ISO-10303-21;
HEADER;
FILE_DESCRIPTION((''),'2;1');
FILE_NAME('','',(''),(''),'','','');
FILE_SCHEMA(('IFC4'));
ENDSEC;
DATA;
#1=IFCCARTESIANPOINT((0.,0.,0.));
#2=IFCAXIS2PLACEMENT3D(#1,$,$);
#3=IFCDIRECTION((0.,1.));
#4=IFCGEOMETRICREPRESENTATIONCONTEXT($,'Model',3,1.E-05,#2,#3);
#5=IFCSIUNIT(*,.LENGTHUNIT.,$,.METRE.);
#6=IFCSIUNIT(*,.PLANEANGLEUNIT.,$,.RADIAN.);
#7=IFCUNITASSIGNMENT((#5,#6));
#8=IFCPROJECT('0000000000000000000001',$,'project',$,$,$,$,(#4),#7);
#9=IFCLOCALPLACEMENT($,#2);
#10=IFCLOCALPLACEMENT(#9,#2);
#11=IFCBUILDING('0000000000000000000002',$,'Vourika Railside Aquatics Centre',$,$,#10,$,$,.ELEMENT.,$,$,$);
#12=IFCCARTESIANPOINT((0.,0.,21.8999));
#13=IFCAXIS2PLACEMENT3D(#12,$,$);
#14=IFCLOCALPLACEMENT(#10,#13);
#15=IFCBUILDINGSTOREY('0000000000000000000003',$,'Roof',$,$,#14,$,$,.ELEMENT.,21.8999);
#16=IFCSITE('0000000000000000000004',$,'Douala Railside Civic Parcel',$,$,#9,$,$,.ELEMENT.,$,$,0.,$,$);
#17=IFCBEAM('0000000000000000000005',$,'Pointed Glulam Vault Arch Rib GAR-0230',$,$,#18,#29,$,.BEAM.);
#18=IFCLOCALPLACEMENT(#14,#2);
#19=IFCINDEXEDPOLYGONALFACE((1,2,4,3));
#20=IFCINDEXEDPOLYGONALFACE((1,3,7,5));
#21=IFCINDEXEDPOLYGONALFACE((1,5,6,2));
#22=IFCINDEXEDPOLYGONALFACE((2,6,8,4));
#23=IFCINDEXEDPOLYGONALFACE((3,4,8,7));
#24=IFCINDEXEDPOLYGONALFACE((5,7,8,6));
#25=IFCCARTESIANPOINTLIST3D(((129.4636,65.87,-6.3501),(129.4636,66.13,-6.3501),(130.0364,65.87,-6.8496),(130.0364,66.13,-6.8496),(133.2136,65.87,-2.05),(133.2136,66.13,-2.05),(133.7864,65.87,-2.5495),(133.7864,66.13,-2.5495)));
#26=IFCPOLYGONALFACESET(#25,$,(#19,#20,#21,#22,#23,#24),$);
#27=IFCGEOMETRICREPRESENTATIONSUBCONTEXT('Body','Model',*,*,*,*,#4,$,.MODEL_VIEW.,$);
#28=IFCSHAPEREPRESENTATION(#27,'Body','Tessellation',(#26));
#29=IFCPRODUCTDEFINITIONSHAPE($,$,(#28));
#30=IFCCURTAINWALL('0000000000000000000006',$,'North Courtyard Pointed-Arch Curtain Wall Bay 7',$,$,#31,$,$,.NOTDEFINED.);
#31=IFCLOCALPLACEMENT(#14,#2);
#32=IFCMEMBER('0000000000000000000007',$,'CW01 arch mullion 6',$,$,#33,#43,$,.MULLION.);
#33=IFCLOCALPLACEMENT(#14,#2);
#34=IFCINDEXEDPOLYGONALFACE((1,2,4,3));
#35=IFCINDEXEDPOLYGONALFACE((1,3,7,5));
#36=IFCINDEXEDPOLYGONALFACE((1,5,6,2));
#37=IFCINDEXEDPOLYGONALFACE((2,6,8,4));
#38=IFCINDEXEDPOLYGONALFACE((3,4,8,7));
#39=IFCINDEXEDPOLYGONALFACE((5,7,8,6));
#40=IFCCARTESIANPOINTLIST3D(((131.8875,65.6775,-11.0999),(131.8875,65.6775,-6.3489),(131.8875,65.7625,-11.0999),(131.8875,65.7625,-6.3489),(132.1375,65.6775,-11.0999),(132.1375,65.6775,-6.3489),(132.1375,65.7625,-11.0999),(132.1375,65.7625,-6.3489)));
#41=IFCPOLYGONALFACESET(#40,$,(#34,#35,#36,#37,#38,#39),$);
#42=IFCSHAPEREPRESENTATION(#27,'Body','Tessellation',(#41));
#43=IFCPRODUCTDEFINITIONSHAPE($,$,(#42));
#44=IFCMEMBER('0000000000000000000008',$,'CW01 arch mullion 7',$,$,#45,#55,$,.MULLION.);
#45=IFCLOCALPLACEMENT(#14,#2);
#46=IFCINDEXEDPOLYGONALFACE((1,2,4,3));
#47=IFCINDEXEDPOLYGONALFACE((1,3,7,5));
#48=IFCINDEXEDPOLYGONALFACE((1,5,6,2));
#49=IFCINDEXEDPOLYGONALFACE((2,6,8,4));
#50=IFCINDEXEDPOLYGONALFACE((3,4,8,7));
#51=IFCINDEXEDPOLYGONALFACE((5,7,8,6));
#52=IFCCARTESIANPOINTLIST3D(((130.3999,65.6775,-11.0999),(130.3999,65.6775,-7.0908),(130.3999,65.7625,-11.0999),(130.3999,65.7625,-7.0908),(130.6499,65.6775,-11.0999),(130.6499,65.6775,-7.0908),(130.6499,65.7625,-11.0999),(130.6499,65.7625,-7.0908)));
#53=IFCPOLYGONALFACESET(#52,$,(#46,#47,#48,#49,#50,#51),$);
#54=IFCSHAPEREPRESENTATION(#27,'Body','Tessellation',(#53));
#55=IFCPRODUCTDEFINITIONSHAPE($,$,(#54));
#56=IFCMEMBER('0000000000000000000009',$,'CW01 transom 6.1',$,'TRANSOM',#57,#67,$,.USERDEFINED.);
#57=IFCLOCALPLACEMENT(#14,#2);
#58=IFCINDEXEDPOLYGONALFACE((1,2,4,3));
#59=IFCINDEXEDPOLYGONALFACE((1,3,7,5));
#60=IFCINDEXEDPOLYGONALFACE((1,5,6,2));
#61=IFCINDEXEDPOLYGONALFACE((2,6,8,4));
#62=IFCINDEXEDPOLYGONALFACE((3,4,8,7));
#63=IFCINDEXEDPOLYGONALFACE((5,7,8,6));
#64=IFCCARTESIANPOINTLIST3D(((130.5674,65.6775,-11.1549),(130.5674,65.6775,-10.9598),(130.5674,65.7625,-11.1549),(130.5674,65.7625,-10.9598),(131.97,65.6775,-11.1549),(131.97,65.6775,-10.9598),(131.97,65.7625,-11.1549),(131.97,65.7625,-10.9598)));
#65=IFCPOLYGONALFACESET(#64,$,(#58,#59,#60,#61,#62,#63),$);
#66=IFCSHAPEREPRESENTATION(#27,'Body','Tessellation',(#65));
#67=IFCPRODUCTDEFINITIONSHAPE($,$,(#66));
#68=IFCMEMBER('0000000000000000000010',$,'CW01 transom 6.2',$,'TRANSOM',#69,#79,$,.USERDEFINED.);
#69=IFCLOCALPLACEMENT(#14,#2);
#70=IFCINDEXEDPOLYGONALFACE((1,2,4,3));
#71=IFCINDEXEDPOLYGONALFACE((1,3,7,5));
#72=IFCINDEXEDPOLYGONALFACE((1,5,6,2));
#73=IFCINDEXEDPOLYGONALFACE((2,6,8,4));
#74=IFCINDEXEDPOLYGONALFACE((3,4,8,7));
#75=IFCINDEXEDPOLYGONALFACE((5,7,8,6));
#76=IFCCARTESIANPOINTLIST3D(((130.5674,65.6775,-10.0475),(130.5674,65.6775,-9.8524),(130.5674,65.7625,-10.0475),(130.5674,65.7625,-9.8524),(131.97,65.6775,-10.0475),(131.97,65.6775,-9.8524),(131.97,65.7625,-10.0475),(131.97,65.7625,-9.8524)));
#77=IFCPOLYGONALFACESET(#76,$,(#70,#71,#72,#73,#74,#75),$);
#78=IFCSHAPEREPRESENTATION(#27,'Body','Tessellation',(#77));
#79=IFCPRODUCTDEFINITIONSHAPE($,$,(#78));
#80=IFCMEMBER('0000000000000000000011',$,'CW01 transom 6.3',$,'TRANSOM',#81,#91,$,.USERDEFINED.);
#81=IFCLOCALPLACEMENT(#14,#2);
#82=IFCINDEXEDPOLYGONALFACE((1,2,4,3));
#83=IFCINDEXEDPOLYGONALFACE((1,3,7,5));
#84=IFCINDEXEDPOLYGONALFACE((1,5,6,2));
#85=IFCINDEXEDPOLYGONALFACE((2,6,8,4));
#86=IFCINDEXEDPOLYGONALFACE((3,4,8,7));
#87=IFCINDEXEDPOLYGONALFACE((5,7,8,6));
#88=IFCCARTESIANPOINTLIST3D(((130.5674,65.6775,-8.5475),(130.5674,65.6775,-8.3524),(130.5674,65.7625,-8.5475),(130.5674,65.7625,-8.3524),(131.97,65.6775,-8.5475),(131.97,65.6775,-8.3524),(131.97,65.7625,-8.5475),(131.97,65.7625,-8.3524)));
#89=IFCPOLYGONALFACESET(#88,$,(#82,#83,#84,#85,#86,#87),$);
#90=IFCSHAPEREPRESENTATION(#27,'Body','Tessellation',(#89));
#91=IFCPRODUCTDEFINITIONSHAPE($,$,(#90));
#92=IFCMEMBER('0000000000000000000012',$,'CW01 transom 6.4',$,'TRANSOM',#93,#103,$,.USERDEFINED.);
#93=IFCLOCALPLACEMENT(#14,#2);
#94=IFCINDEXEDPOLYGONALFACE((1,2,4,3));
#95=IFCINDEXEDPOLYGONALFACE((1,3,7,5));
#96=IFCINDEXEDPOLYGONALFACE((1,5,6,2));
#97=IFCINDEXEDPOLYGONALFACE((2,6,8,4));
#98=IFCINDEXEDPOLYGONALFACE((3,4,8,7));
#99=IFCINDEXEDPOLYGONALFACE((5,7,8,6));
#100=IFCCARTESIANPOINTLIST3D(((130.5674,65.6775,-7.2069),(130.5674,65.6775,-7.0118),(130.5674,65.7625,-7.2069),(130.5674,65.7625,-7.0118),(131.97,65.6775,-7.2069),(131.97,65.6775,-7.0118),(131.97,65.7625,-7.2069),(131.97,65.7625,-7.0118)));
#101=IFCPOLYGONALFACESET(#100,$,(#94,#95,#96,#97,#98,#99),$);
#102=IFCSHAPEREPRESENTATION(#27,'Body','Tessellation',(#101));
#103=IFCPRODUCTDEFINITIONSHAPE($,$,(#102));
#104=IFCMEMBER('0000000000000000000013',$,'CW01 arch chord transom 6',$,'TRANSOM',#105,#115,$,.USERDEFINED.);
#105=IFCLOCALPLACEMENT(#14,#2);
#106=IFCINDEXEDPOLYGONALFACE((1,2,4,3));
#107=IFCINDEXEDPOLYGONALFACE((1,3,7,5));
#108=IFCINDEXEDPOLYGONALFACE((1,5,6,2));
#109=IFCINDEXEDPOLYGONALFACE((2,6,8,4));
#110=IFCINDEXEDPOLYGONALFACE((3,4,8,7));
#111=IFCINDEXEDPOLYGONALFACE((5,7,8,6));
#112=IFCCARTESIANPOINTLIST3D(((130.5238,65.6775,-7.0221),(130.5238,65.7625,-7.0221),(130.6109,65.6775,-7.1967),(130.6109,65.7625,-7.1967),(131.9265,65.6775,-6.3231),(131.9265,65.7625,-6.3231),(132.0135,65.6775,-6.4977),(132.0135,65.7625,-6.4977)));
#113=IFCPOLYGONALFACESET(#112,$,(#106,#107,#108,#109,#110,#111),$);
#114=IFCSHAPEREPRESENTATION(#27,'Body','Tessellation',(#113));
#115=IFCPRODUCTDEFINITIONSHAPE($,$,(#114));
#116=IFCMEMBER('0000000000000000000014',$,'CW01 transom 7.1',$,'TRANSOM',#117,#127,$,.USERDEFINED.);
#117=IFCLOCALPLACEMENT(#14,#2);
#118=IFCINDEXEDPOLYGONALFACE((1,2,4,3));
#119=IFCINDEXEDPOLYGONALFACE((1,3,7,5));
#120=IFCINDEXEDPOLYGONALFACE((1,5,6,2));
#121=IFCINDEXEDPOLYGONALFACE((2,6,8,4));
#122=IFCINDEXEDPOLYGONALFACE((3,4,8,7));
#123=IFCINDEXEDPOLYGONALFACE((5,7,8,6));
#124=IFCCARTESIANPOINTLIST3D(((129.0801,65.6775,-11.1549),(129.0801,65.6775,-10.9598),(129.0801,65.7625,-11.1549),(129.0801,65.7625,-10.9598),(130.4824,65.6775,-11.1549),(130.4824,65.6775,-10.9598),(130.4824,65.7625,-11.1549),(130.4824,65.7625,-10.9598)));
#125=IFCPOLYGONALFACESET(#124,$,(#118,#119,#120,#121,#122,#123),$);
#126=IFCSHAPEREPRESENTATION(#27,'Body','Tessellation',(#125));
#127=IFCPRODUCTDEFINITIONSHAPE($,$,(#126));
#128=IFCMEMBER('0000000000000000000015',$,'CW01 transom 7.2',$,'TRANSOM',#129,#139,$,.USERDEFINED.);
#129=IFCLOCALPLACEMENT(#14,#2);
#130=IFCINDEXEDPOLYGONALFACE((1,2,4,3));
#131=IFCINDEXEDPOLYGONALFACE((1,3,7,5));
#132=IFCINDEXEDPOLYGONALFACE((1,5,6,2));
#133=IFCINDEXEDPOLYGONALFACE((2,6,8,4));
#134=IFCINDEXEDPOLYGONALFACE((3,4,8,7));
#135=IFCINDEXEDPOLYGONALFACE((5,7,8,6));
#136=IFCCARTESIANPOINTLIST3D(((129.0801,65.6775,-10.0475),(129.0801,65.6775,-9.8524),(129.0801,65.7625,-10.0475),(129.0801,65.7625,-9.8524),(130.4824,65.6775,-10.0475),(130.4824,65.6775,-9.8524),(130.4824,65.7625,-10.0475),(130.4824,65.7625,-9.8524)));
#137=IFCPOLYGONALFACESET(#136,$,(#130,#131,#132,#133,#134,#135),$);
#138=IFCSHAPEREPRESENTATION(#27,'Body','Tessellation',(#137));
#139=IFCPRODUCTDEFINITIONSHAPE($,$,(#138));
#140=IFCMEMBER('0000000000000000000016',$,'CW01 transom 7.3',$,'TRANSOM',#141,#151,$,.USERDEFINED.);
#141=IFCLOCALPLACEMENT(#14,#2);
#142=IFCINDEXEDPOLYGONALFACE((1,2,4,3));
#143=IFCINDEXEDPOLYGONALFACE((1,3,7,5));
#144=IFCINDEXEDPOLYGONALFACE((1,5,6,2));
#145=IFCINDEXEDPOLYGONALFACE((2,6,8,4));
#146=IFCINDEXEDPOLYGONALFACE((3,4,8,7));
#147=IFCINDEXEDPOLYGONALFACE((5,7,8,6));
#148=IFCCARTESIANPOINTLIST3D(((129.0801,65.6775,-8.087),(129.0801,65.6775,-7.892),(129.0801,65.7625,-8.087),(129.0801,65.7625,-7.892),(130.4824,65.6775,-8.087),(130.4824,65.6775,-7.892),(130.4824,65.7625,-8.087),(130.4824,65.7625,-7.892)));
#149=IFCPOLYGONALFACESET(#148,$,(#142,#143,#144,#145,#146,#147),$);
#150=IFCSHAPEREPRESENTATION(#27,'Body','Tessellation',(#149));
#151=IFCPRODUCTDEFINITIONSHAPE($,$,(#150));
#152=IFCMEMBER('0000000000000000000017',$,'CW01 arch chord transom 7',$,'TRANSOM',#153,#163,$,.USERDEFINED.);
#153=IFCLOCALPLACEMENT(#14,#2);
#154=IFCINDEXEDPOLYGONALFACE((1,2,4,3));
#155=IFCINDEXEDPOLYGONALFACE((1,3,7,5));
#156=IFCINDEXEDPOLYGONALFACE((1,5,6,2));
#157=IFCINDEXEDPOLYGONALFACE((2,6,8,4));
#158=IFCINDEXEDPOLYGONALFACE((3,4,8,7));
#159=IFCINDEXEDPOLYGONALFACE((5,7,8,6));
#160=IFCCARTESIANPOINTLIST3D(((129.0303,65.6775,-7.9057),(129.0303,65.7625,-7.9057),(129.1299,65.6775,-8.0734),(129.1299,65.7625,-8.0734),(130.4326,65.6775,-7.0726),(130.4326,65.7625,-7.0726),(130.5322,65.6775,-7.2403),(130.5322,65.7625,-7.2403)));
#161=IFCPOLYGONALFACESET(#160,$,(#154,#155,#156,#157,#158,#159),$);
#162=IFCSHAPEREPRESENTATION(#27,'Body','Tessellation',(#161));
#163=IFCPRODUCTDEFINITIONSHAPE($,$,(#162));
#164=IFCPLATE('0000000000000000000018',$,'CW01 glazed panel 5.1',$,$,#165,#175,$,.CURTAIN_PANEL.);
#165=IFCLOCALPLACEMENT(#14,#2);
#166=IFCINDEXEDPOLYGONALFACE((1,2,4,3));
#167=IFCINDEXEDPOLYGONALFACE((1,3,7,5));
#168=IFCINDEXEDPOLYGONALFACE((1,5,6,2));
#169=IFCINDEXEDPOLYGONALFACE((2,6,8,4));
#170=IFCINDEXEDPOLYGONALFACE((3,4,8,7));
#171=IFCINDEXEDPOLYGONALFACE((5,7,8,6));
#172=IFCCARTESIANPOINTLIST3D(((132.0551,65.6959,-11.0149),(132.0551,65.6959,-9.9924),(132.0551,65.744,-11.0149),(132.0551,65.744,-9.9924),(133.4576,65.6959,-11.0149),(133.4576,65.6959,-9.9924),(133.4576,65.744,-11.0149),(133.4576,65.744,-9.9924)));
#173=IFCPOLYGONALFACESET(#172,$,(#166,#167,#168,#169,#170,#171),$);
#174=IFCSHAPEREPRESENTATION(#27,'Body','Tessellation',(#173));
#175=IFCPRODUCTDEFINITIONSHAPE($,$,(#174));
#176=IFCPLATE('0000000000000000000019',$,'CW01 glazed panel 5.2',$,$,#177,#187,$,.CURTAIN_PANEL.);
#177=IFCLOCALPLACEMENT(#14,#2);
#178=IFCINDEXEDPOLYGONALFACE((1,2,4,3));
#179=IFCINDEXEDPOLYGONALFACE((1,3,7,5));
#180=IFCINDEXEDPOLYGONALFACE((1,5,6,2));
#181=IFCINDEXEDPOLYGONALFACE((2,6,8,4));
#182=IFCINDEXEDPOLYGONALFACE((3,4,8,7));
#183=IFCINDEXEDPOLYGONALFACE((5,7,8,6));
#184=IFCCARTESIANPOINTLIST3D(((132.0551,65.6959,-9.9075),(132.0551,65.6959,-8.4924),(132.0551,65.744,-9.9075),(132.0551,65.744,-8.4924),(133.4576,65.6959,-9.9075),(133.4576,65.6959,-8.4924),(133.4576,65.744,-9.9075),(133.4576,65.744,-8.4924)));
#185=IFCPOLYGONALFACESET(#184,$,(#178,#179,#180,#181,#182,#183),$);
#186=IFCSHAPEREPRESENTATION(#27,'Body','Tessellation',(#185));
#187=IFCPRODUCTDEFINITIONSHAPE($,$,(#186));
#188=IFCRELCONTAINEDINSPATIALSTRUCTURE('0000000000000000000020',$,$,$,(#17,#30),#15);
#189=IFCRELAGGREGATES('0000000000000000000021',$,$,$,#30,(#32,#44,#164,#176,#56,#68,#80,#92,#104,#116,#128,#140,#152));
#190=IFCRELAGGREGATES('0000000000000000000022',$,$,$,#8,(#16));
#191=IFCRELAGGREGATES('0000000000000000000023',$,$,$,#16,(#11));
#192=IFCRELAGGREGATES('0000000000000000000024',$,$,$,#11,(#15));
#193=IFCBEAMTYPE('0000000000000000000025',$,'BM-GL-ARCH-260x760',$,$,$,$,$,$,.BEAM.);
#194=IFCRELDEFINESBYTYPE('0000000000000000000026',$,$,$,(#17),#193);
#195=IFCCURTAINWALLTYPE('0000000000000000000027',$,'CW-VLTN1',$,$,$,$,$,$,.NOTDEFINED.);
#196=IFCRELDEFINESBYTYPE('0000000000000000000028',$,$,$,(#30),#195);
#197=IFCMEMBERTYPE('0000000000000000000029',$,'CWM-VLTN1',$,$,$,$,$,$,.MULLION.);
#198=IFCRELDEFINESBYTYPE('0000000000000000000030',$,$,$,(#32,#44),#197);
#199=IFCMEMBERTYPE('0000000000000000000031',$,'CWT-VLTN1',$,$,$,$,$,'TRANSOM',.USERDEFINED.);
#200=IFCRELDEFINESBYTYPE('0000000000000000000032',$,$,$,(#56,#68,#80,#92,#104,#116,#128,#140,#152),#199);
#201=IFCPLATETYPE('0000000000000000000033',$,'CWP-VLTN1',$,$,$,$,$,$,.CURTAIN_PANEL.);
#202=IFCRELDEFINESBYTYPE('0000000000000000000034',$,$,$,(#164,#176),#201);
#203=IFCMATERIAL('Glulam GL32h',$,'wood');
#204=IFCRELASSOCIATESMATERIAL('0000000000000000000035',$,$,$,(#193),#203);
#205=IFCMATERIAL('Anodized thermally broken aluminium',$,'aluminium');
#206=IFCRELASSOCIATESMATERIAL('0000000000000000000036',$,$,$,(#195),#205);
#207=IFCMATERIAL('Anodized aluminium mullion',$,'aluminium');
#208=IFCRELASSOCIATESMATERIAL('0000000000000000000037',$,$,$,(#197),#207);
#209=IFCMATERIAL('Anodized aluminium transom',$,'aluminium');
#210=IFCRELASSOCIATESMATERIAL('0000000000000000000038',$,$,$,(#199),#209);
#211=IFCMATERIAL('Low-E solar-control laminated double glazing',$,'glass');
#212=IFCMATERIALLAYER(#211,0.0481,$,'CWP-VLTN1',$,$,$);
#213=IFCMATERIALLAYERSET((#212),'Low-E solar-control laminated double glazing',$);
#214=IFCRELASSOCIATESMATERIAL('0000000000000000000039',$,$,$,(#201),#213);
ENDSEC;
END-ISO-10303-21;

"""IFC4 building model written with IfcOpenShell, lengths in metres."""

from ifc_helpers import new_model, si_unit, direction, frame, origin, origin_2d, place, context, subcontext, project, spatial, rectangle, extrude, material, layer, layer_set, material_profile, profile_set, type_object, element, aggregate, save


model = new_model("IFC4")

# Units and contexts
model_context = context("Model", 3, precision=1e-05, world=origin(), true_north=direction((0.0, 1.0)))
body_context = subcontext(model_context, "Body", "Model", "MODEL_VIEW")
ifc_project = project(units=[si_unit("LENGTHUNIT", "METRE"), si_unit("PLANEANGLEUNIT", "RADIAN")], contexts=[model_context])

# Site, building, storey
site_placement = place(None, origin())
site = spatial("IfcSite", under=ifc_project, at=site_placement, Name="Douala Railside Civic Parcel", CompositionType="ELEMENT", RefElevation=0.0)
building_placement = place(site_placement, origin())
building = spatial("IfcBuilding", under=site, at=building_placement, Name="Vourika Railside Aquatics Centre", CompositionType="ELEMENT")
storey_placement = place(building_placement, frame((0.0, 0.0, 21.8999)))
storey = spatial("IfcBuildingStorey", under=building, at=storey_placement, Name="Roof", CompositionType="ELEMENT", Elevation=21.8999)

# Beam
ifc_material_1 = material(Name="Glulam GL32h", Category="wood")
ifc_material_profile_1 = material_profile(ifc_material_1, rectangle(XDim=0.26, YDim=0.76, at=origin_2d()), Name="GL32h 260x760")
ifc_profile_set_1 = profile_set([ifc_material_profile_1], Name="Glulam GL32h")
beam_type = type_object("IfcBeamType", Name="BM-GL-ARCH-260x760", PredefinedType="BEAM", material=ifc_profile_set_1)
beam_placement = place(storey_placement, frame((129.75, 66.0, -6.5999), z_axis=(0.657259, 0.0, 0.753665), x_axis=(0.0, 1.0, 0.0)))
element("IfcBeam", 1, at=beam_placement, inside=storey, type_object=beam_type, Name="Pointed Glulam Vault Arch Rib GAR-0230", PredefinedType="BEAM", context=body_context, shape_type="SweptSolid", body=[
    extrude(rectangle(XDim=0.26, YDim=0.76, at=origin_2d()), origin(), (0.0, 0.0, 1.0), 5.7056),
])

# Curtain wall, members, plates
ifc_material_2 = material(Name="Anodized thermally broken aluminium", Category="aluminium")
curtain_wall_type = type_object("IfcCurtainWallType", Name="CW-VLTN1", PredefinedType="NOTDEFINED", material=ifc_material_2)
curtain_wall_placement = place(storey_placement, origin())
curtain_wall = element("IfcCurtainWall", 2, at=curtain_wall_placement, inside=storey, type_object=curtain_wall_type, Name="North Courtyard Pointed-Arch Curtain Wall Bay 7", PredefinedType="NOTDEFINED")
ifc_material_3 = material(Name="Anodized aluminium mullion", Category="aluminium")
ifc_material_profile_2 = material_profile(ifc_material_3, rectangle(XDim=0.085, YDim=0.25, at=origin_2d()), Name="ALU-M 85x250")
ifc_profile_set_2 = profile_set([ifc_material_profile_2], Name="Anodized aluminium mullion")
member_type_1 = type_object("IfcMemberType", Name="CWM-VLTN1", PredefinedType="MULLION", material=ifc_profile_set_2)
member_1_placement = place(storey_placement, frame((132.0125, 65.72, -11.0999), z_axis=(0.0, 0.0, 1.0), x_axis=(0.0, -1.0, 0.0)))
member_1 = element("IfcMember", 3, at=member_1_placement, type_object=member_type_1, Name="CW01 arch mullion 6", PredefinedType="MULLION", context=body_context, shape_type="SweptSolid", body=[
    extrude(rectangle(XDim=0.085, YDim=0.25, at=origin_2d()), origin(), (0.0, 0.0, 1.0), 4.751),
])
member_2_placement = place(storey_placement, frame((130.5249, 65.72, -11.0999), z_axis=(0.0, 0.0, 1.0), x_axis=(0.0, -1.0, 0.0)))
member_2 = element("IfcMember", 4, at=member_2_placement, type_object=member_type_1, Name="CW01 arch mullion 7", PredefinedType="MULLION", context=body_context, shape_type="SweptSolid", body=[
    extrude(rectangle(XDim=0.085, YDim=0.25, at=origin_2d()), origin(), (0.0, 0.0, 1.0), 4.009),
])
ifc_material_4 = material(Name="Anodized aluminium transom", Category="aluminium")
ifc_material_profile_3 = material_profile(ifc_material_4, rectangle(XDim=0.085, YDim=0.1951, at=origin_2d()), Name="ALU-T 85x195")
ifc_profile_set_3 = profile_set([ifc_material_profile_3], Name="Anodized aluminium transom")
member_type_2 = type_object("IfcMemberType", Name="CWT-VLTN1", ElementType="TRANSOM", PredefinedType="USERDEFINED", material=ifc_profile_set_3)
member_3_placement = place(storey_placement, frame((131.97, 65.72, -11.0574), z_axis=(-1.0, 0.0, 0.0), x_axis=(0.0, -1.0, 0.0)))
member_3 = element("IfcMember", 5, at=member_3_placement, type_object=member_type_2, Name="CW01 transom 6.1", ObjectType="TRANSOM", PredefinedType="USERDEFINED", context=body_context, shape_type="SweptSolid", body=[
    extrude(rectangle(XDim=0.085, YDim=0.1951, at=origin_2d()), origin(), (0.0, 0.0, 1.0), 1.4026),
])
member_4_placement = place(storey_placement, frame((131.97, 65.72, -9.95), z_axis=(-1.0, 0.0, 0.0), x_axis=(0.0, -1.0, 0.0)))
member_4 = element("IfcMember", 6, at=member_4_placement, type_object=member_type_2, Name="CW01 transom 6.2", ObjectType="TRANSOM", PredefinedType="USERDEFINED", context=body_context, shape_type="SweptSolid", body=[
    extrude(rectangle(XDim=0.085, YDim=0.1951, at=origin_2d()), origin(), (0.0, 0.0, 1.0), 1.4026),
])
member_5_placement = place(storey_placement, frame((131.97, 65.72, -8.45), z_axis=(-1.0, 0.0, 0.0), x_axis=(0.0, -1.0, 0.0)))
member_5 = element("IfcMember", 7, at=member_5_placement, type_object=member_type_2, Name="CW01 transom 6.3", ObjectType="TRANSOM", PredefinedType="USERDEFINED", context=body_context, shape_type="SweptSolid", body=[
    extrude(rectangle(XDim=0.085, YDim=0.1951, at=origin_2d()), origin(), (0.0, 0.0, 1.0), 1.4026),
])
member_6_placement = place(storey_placement, frame((131.97, 65.72, -7.1094), z_axis=(-1.0, 0.0, 0.0), x_axis=(0.0, -1.0, 0.0)))
member_6 = element("IfcMember", 8, at=member_6_placement, type_object=member_type_2, Name="CW01 transom 6.4", ObjectType="TRANSOM", PredefinedType="USERDEFINED", context=body_context, shape_type="SweptSolid", body=[
    extrude(rectangle(XDim=0.085, YDim=0.1951, at=origin_2d()), origin(), (0.0, 0.0, 1.0), 1.4026),
])
member_7_placement = place(storey_placement, frame((131.97, 65.72, -6.4104), z_axis=(-0.895018, 0.0, -0.446029), x_axis=(0.0, -1.0, 0.0)))
member_7 = element("IfcMember", 9, at=member_7_placement, type_object=member_type_2, Name="CW01 arch chord transom 6", ObjectType="TRANSOM", PredefinedType="USERDEFINED", context=body_context, shape_type="SweptSolid", body=[
    extrude(rectangle(XDim=0.085, YDim=0.1951, at=origin_2d()), origin(), (0.0, 0.0, 1.0), 1.5671),
])
member_8_placement = place(storey_placement, frame((130.4824, 65.72, -11.0574), z_axis=(-1.0, 0.0, 0.0), x_axis=(0.0, -1.0, 0.0)))
member_8 = element("IfcMember", 10, at=member_8_placement, type_object=member_type_2, Name="CW01 transom 7.1", ObjectType="TRANSOM", PredefinedType="USERDEFINED", context=body_context, shape_type="SweptSolid", body=[
    extrude(rectangle(XDim=0.085, YDim=0.1951, at=origin_2d()), origin(), (0.0, 0.0, 1.0), 1.4023),
])
member_9_placement = place(storey_placement, frame((130.4824, 65.72, -9.95), z_axis=(-1.0, 0.0, 0.0), x_axis=(0.0, -1.0, 0.0)))
member_9 = element("IfcMember", 11, at=member_9_placement, type_object=member_type_2, Name="CW01 transom 7.2", ObjectType="TRANSOM", PredefinedType="USERDEFINED", context=body_context, shape_type="SweptSolid", body=[
    extrude(rectangle(XDim=0.085, YDim=0.1951, at=origin_2d()), origin(), (0.0, 0.0, 1.0), 1.4023),
])
member_10_placement = place(storey_placement, frame((130.4824, 65.72, -7.9895), z_axis=(-1.0, 0.0, 0.0), x_axis=(0.0, -1.0, 0.0)))
member_10 = element("IfcMember", 12, at=member_10_placement, type_object=member_type_2, Name="CW01 transom 7.3", ObjectType="TRANSOM", PredefinedType="USERDEFINED", context=body_context, shape_type="SweptSolid", body=[
    extrude(rectangle(XDim=0.085, YDim=0.1951, at=origin_2d()), origin(), (0.0, 0.0, 1.0), 1.4023),
])
member_11_placement = place(storey_placement, frame((130.4824, 65.72, -7.1565), z_axis=(-0.859756, 0.0, -0.510705), x_axis=(0.0, -1.0, 0.0)))
member_11 = element("IfcMember", 13, at=member_11_placement, type_object=member_type_2, Name="CW01 arch chord transom 7", ObjectType="TRANSOM", PredefinedType="USERDEFINED", context=body_context, shape_type="SweptSolid", body=[
    extrude(rectangle(XDim=0.085, YDim=0.1951, at=origin_2d()), origin(), (0.0, 0.0, 1.0), 1.6311),
])
ifc_material_5 = material(Name="Low-E solar-control laminated double glazing", Category="glass")
ifc_layer = layer(ifc_material_5, 0.0481, Name="CWP-VLTN1")
ifc_layer_set = layer_set([ifc_layer], Name="Low-E solar-control laminated double glazing")
plate_type = type_object("IfcPlateType", Name="CWP-VLTN1", PredefinedType="CURTAIN_PANEL", material=ifc_layer_set)
plate_1_placement = place(storey_placement, frame((132.7563, 65.72, -11.0149), z_axis=(0.0, 0.0, 1.0), x_axis=(-1.0, 0.0, 0.0)))
plate_1 = element("IfcPlate", 14, at=plate_1_placement, type_object=plate_type, Name="CW01 glazed panel 5.1", PredefinedType="CURTAIN_PANEL", context=body_context, shape_type="SweptSolid", body=[
    extrude(rectangle(XDim=1.4026, YDim=0.0481, at=origin_2d()), origin(), (0.0, 0.0, 1.0), 1.0225),
])
plate_2_placement = place(storey_placement, frame((132.7563, 65.72, -9.9075), z_axis=(0.0, 0.0, 1.0), x_axis=(-1.0, 0.0, 0.0)))
plate_2 = element("IfcPlate", 15, at=plate_2_placement, type_object=plate_type, Name="CW01 glazed panel 5.2", PredefinedType="CURTAIN_PANEL", context=body_context, shape_type="SweptSolid", body=[
    extrude(rectangle(XDim=1.4026, YDim=0.0481, at=origin_2d()), origin(), (0.0, 0.0, 1.0), 1.415),
])
aggregate(curtain_wall, [member_1, member_2, plate_1, plate_2, member_3, member_4, member_5, member_6, member_7, member_8, member_9, member_10, member_11])

save(model, "model.ifc")
